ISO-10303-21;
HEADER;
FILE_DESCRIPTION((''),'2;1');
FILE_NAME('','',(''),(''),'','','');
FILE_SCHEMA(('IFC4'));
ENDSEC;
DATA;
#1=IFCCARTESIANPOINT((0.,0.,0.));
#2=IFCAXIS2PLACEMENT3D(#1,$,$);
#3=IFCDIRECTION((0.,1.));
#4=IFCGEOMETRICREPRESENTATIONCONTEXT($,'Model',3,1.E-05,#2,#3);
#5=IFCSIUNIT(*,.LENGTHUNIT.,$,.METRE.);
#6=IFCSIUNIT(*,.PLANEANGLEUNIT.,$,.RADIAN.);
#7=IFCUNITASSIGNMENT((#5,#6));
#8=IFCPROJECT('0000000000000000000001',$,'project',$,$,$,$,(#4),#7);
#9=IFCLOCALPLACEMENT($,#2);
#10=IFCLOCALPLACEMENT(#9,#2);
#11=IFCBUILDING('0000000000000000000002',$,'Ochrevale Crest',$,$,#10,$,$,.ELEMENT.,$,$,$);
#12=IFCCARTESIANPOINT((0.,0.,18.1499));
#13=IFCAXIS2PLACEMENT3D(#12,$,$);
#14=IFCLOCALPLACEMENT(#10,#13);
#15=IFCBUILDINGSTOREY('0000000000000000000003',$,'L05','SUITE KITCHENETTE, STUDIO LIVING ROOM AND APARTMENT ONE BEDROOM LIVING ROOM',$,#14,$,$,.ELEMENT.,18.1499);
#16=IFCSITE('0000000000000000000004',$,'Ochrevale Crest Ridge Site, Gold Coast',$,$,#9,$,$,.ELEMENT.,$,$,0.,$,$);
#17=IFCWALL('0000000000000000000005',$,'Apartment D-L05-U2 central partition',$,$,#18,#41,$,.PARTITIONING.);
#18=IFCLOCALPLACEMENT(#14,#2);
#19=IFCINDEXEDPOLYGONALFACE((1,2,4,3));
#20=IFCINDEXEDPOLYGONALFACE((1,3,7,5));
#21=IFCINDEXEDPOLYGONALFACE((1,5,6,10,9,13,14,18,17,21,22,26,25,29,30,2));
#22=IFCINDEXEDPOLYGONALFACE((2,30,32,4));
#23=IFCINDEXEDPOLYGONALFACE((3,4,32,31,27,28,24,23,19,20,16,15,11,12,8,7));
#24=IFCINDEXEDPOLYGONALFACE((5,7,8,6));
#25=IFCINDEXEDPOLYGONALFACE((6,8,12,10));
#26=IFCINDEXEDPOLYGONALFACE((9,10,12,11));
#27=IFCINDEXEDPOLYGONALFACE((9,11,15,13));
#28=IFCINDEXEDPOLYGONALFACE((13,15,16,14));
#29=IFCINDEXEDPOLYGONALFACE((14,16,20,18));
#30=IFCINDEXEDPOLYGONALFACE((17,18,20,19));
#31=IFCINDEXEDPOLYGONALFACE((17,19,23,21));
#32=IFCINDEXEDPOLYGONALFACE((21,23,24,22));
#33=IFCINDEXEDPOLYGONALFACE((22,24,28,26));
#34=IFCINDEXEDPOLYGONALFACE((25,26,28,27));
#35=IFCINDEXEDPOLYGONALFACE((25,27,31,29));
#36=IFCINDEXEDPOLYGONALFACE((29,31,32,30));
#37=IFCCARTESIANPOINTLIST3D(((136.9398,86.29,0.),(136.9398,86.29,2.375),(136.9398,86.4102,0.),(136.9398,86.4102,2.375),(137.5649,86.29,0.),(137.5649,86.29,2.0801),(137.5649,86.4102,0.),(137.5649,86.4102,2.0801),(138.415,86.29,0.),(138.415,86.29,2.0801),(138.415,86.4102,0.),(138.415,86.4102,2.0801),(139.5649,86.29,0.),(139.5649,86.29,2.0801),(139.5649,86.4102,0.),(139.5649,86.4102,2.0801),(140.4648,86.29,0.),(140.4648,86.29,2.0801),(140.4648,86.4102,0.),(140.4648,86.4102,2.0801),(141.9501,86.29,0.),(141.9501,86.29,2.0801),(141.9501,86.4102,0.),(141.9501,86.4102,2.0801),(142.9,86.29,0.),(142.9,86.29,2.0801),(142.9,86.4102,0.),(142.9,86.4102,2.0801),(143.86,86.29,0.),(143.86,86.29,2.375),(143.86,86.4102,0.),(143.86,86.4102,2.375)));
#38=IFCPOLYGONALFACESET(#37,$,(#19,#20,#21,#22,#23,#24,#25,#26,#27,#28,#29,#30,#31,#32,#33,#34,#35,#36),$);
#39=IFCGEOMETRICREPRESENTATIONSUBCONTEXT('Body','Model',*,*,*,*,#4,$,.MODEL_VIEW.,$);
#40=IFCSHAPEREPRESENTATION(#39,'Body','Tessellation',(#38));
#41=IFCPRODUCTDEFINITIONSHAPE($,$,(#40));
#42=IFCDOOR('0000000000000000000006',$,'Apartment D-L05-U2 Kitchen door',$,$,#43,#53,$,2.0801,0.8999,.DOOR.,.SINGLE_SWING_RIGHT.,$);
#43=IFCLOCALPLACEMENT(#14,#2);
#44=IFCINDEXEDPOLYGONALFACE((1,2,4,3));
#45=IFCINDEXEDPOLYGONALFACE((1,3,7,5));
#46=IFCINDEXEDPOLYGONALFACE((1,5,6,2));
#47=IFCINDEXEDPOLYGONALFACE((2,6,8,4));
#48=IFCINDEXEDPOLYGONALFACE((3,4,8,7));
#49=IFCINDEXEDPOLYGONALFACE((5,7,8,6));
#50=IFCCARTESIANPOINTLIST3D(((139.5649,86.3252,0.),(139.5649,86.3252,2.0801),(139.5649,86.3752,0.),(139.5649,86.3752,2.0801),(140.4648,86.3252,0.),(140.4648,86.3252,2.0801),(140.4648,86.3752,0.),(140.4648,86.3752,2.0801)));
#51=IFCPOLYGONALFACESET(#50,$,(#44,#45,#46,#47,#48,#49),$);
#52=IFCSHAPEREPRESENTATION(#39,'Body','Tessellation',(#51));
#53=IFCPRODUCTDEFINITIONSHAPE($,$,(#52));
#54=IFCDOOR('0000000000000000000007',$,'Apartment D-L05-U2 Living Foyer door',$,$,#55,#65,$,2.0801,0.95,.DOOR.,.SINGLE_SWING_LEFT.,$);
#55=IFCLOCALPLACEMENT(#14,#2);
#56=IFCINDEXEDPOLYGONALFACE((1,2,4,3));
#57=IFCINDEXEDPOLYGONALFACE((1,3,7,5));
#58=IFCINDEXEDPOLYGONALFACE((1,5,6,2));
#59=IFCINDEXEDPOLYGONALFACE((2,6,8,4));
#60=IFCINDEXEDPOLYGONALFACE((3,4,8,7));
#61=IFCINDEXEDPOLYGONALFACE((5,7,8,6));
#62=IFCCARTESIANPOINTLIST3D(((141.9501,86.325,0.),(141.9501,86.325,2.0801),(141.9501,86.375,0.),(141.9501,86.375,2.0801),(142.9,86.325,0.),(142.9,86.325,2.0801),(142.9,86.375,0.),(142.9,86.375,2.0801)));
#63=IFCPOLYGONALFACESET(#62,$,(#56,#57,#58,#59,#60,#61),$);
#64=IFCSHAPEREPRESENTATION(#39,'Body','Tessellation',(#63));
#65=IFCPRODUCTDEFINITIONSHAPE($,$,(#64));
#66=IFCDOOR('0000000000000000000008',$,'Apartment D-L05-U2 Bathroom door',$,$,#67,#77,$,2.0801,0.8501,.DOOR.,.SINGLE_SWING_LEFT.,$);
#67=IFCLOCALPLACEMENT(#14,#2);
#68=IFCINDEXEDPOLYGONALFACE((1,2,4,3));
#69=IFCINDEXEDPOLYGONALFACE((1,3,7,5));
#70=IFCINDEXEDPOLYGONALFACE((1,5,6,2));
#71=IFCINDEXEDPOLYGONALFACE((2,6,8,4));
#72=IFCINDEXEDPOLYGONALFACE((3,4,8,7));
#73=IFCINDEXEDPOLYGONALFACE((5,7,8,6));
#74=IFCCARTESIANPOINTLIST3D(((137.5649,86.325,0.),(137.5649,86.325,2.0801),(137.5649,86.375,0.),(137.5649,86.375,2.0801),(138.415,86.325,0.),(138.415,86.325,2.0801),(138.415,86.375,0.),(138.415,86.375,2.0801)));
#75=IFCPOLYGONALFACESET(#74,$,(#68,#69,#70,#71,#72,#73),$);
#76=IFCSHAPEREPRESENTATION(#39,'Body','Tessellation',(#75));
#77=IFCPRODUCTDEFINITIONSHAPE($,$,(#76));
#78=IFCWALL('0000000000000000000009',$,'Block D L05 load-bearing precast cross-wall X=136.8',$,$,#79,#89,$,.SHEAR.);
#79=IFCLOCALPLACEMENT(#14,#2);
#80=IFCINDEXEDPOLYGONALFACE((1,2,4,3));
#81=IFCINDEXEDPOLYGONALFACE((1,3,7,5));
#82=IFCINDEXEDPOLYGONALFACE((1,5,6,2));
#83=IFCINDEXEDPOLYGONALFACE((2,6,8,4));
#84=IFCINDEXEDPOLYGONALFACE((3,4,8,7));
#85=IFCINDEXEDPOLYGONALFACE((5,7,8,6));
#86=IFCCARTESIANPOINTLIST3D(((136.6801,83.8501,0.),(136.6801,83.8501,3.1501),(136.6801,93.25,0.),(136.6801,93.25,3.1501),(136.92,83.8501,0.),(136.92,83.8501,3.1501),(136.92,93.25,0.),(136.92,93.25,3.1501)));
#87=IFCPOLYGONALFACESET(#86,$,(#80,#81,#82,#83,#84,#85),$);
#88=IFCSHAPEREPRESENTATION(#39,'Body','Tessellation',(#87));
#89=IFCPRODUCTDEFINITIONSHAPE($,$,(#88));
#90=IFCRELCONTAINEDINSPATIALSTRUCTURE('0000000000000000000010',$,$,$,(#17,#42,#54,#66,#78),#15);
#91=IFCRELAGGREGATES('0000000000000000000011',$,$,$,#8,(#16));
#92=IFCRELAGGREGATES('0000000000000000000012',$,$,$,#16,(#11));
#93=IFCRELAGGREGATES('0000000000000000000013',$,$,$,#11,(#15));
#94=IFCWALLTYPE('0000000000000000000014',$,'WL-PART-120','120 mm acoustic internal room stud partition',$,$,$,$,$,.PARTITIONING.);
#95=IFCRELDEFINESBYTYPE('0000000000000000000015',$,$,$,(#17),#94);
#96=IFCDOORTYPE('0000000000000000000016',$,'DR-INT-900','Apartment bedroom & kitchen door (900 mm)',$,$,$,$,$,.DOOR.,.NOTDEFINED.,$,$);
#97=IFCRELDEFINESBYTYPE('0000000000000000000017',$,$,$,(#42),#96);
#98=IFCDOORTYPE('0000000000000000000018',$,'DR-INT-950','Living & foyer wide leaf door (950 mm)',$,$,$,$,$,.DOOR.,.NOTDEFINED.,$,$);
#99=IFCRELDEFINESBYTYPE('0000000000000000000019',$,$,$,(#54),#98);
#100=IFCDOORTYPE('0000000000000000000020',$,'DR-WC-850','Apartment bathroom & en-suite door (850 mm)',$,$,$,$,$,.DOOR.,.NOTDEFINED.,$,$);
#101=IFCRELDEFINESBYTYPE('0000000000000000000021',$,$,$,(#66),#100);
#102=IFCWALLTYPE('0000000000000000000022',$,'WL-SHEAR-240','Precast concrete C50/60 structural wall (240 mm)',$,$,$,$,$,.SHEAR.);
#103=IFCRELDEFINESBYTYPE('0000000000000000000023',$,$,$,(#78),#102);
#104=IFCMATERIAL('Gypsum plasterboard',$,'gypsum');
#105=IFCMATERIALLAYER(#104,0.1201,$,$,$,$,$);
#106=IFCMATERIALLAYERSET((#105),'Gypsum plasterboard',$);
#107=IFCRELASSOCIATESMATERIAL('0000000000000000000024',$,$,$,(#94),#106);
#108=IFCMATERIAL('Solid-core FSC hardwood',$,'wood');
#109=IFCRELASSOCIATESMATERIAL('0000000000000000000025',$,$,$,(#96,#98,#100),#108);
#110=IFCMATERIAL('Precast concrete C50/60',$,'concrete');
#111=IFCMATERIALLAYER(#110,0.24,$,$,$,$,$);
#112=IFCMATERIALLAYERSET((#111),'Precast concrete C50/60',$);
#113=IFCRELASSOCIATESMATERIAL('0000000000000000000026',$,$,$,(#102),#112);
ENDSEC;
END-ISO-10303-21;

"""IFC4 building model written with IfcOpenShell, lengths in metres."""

from ifc_helpers import new_model, si_unit, direction, frame, frame_2d, origin, place, context, subcontext, project, spatial, rectangle, extrude, material, layer, layer_set, type_object, element, fill, save


model = new_model("IFC4")

# Units and contexts
model_context = context("Model", 3, precision=1e-05, world=origin(), true_north=direction((0.0, 1.0)))
body_context = subcontext(model_context, "Body", "Model", "MODEL_VIEW")
ifc_project = project(units=[si_unit("LENGTHUNIT", "METRE"), si_unit("PLANEANGLEUNIT", "RADIAN")], contexts=[model_context])

# Site, building, storey
site_placement = place(None, origin())
site = spatial("IfcSite", under=ifc_project, at=site_placement, Name="Ochrevale Crest Ridge Site, Gold Coast", CompositionType="ELEMENT", RefElevation=0.0)
building_placement = place(site_placement, origin())
building = spatial("IfcBuilding", under=site, at=building_placement, Name="Ochrevale Crest", CompositionType="ELEMENT")
storey_placement = place(building_placement, frame((0.0, 0.0, 18.1499)))
storey = spatial("IfcBuildingStorey", under=building, at=storey_placement, Name="L05", Description="SUITE KITCHENETTE, STUDIO LIVING ROOM AND APARTMENT ONE BEDROOM LIVING ROOM", CompositionType="ELEMENT", Elevation=18.1499)

# Shared definitions
ifc_material_1 = material(Name="Precast concrete C50/60", Category="concrete")

# Shared definitions
ifc_material_2 = material(Name="Gypsum plasterboard", Category="gypsum")
ifc_material_3 = material(Name="Solid-core FSC hardwood", Category="wood")

# Shared definitions
ifc_layer_1 = layer(ifc_material_2, 0.1201)
ifc_layer_set_1 = layer_set([ifc_layer_1], Name="Gypsum plasterboard")
wall_type_1 = type_object("IfcWallType", Name="WL-PART-120", Description="120 mm acoustic internal room stud partition", PredefinedType="PARTITIONING", material=ifc_layer_set_1)

# Shared definitions
door_type_1 = type_object("IfcDoorType", Name="DR-INT-900", Description="Apartment bedroom & kitchen door (900 mm)", OperationType="NOTDEFINED", PredefinedType="DOOR", material=ifc_material_3)

# Wall, openings, doors
wall_1_placement = place(storey_placement, frame((136.9399, 86.3501, 0.0), z_axis=(0.0, 0.0, 1.0), x_axis=(1.0, 0.0, 0.0)))
wall_1 = element("IfcWall", 1, at=wall_1_placement, inside=storey, type_object=wall_type_1, Name="Apartment D-L05-U2 central partition", PredefinedType="PARTITIONING", context=body_context, shape_type="SweptSolid", body=[
    extrude(rectangle(XDim=6.9202, YDim=0.1201, at=frame_2d((3.46, 0.0))), origin(), (0.0, 0.0, 1.0), 2.375),
])
opening_1_placement = place(wall_1_placement, frame((0.625, 0.0, 0.0)))
opening_1 = element("IfcOpeningElement", 2, at=opening_1_placement, cuts=wall_1, PredefinedType="OPENING", context=body_context, shape_type="SweptSolid", body=[
    extrude(rectangle(XDim=0.8501, YDim=2.0801, at=frame_2d((0.425, 1.04))), frame((0.0, 0.0701, 0.0), z_axis=(0.0, -1.0, 0.0), x_axis=(1.0, 0.0, 0.0)), (0.0, 0.0, 1.0), 0.1401),
])
opening_2_placement = place(wall_1_placement, frame((3.5249, 0.0, 0.0), z_axis=(0.0, 0.0, 1.0), x_axis=(-1.0, 0.0, 0.0)))
opening_2 = element("IfcOpeningElement", 3, at=opening_2_placement, cuts=wall_1, PredefinedType="OPENING", context=body_context, shape_type="SweptSolid", body=[
    extrude(rectangle(XDim=0.8999, YDim=2.0801, at=frame_2d((0.45, 1.04))), frame((0.0, 0.0701, 0.0), z_axis=(0.0, -1.0, 0.0), x_axis=(1.0, 0.0, 0.0)), (0.0, 0.0, 1.0), 0.1401),
])
opening_3_placement = place(wall_1_placement, frame((5.01, 0.0, 0.0)))
opening_3 = element("IfcOpeningElement", 4, at=opening_3_placement, cuts=wall_1, PredefinedType="OPENING", context=body_context, shape_type="SweptSolid", body=[
    extrude(rectangle(XDim=0.95, YDim=2.0801, at=frame_2d((0.4751, 1.04))), frame((0.0, 0.0701, 0.0), z_axis=(0.0, -1.0, 0.0), x_axis=(1.0, 0.0, 0.0)), (0.0, 0.0, 1.0), 0.1401),
])
door_1_placement = place(opening_2_placement, origin())
door_1 = element("IfcDoor", 5, at=door_1_placement, inside=storey, type_object=door_type_1, Name="Apartment D-L05-U2 Kitchen door", OperationType="SINGLE_SWING_RIGHT", OverallHeight=2.0801, OverallWidth=0.8999, PredefinedType="DOOR", context=body_context, shape_type="SweptSolid", body=[
    extrude(rectangle(XDim=0.8999, YDim=2.0801, at=frame_2d((0.45, 1.04))), frame((0.0, 0.0249, 0.0), z_axis=(0.0, -1.0, 0.0), x_axis=(1.0, 0.0, 0.0)), (0.0, 0.0, 1.0), 0.05),
])
fill(opening_2, door_1)
door_type_2 = type_object("IfcDoorType", Name="DR-INT-950", Description="Living & foyer wide leaf door (950 mm)", OperationType="NOTDEFINED", PredefinedType="DOOR", material=ifc_material_3)
door_2_placement = place(opening_3_placement, origin())
door_2 = element("IfcDoor", 6, at=door_2_placement, inside=storey, type_object=door_type_2, Name="Apartment D-L05-U2 Living Foyer door", OperationType="SINGLE_SWING_LEFT", OverallHeight=2.0801, OverallWidth=0.95, PredefinedType="DOOR", context=body_context, shape_type="SweptSolid", body=[
    extrude(rectangle(XDim=0.95, YDim=2.0801, at=frame_2d((0.4751, 1.04))), frame((0.0, 0.0249, 0.0), z_axis=(0.0, -1.0, 0.0), x_axis=(1.0, 0.0, 0.0)), (0.0, 0.0, 1.0), 0.05),
])
fill(opening_3, door_2)
door_type_3 = type_object("IfcDoorType", Name="DR-WC-850", Description="Apartment bathroom & en-suite door (850 mm)", OperationType="NOTDEFINED", PredefinedType="DOOR", material=ifc_material_3)
door_3_placement = place(opening_1_placement, origin())
door_3 = element("IfcDoor", 7, at=door_3_placement, inside=storey, type_object=door_type_3, Name="Apartment D-L05-U2 Bathroom door", OperationType="SINGLE_SWING_LEFT", OverallHeight=2.0801, OverallWidth=0.8501, PredefinedType="DOOR", context=body_context, shape_type="SweptSolid", body=[
    extrude(rectangle(XDim=0.8501, YDim=2.0801, at=frame_2d((0.425, 1.04))), frame((0.0, 0.0249, 0.0), z_axis=(0.0, -1.0, 0.0), x_axis=(1.0, 0.0, 0.0)), (0.0, 0.0, 1.0), 0.05),
])
fill(opening_1, door_3)

# Wall
ifc_layer_2 = layer(ifc_material_1, 0.24)
ifc_layer_set_2 = layer_set([ifc_layer_2], Name="Precast concrete C50/60")
wall_type_2 = type_object("IfcWallType", Name="WL-SHEAR-240", Description="Precast concrete C50/60 structural wall (240 mm)", PredefinedType="SHEAR", material=ifc_layer_set_2)
wall_2_placement = place(storey_placement, frame((136.8, 83.8501, 0.0), z_axis=(0.0, 0.0, 1.0), x_axis=(0.0, 1.0, 0.0)))
element("IfcWall", 8, at=wall_2_placement, inside=storey, type_object=wall_type_2, Name="Block D L05 load-bearing precast cross-wall X=136.8", PredefinedType="SHEAR", context=body_context, shape_type="SweptSolid", body=[
    extrude(rectangle(XDim=9.3999, YDim=0.24, at=frame_2d((4.7, 0.0))), origin(), (0.0, 0.0, 1.0), 3.1501),
])

save(model, "model.ifc")
